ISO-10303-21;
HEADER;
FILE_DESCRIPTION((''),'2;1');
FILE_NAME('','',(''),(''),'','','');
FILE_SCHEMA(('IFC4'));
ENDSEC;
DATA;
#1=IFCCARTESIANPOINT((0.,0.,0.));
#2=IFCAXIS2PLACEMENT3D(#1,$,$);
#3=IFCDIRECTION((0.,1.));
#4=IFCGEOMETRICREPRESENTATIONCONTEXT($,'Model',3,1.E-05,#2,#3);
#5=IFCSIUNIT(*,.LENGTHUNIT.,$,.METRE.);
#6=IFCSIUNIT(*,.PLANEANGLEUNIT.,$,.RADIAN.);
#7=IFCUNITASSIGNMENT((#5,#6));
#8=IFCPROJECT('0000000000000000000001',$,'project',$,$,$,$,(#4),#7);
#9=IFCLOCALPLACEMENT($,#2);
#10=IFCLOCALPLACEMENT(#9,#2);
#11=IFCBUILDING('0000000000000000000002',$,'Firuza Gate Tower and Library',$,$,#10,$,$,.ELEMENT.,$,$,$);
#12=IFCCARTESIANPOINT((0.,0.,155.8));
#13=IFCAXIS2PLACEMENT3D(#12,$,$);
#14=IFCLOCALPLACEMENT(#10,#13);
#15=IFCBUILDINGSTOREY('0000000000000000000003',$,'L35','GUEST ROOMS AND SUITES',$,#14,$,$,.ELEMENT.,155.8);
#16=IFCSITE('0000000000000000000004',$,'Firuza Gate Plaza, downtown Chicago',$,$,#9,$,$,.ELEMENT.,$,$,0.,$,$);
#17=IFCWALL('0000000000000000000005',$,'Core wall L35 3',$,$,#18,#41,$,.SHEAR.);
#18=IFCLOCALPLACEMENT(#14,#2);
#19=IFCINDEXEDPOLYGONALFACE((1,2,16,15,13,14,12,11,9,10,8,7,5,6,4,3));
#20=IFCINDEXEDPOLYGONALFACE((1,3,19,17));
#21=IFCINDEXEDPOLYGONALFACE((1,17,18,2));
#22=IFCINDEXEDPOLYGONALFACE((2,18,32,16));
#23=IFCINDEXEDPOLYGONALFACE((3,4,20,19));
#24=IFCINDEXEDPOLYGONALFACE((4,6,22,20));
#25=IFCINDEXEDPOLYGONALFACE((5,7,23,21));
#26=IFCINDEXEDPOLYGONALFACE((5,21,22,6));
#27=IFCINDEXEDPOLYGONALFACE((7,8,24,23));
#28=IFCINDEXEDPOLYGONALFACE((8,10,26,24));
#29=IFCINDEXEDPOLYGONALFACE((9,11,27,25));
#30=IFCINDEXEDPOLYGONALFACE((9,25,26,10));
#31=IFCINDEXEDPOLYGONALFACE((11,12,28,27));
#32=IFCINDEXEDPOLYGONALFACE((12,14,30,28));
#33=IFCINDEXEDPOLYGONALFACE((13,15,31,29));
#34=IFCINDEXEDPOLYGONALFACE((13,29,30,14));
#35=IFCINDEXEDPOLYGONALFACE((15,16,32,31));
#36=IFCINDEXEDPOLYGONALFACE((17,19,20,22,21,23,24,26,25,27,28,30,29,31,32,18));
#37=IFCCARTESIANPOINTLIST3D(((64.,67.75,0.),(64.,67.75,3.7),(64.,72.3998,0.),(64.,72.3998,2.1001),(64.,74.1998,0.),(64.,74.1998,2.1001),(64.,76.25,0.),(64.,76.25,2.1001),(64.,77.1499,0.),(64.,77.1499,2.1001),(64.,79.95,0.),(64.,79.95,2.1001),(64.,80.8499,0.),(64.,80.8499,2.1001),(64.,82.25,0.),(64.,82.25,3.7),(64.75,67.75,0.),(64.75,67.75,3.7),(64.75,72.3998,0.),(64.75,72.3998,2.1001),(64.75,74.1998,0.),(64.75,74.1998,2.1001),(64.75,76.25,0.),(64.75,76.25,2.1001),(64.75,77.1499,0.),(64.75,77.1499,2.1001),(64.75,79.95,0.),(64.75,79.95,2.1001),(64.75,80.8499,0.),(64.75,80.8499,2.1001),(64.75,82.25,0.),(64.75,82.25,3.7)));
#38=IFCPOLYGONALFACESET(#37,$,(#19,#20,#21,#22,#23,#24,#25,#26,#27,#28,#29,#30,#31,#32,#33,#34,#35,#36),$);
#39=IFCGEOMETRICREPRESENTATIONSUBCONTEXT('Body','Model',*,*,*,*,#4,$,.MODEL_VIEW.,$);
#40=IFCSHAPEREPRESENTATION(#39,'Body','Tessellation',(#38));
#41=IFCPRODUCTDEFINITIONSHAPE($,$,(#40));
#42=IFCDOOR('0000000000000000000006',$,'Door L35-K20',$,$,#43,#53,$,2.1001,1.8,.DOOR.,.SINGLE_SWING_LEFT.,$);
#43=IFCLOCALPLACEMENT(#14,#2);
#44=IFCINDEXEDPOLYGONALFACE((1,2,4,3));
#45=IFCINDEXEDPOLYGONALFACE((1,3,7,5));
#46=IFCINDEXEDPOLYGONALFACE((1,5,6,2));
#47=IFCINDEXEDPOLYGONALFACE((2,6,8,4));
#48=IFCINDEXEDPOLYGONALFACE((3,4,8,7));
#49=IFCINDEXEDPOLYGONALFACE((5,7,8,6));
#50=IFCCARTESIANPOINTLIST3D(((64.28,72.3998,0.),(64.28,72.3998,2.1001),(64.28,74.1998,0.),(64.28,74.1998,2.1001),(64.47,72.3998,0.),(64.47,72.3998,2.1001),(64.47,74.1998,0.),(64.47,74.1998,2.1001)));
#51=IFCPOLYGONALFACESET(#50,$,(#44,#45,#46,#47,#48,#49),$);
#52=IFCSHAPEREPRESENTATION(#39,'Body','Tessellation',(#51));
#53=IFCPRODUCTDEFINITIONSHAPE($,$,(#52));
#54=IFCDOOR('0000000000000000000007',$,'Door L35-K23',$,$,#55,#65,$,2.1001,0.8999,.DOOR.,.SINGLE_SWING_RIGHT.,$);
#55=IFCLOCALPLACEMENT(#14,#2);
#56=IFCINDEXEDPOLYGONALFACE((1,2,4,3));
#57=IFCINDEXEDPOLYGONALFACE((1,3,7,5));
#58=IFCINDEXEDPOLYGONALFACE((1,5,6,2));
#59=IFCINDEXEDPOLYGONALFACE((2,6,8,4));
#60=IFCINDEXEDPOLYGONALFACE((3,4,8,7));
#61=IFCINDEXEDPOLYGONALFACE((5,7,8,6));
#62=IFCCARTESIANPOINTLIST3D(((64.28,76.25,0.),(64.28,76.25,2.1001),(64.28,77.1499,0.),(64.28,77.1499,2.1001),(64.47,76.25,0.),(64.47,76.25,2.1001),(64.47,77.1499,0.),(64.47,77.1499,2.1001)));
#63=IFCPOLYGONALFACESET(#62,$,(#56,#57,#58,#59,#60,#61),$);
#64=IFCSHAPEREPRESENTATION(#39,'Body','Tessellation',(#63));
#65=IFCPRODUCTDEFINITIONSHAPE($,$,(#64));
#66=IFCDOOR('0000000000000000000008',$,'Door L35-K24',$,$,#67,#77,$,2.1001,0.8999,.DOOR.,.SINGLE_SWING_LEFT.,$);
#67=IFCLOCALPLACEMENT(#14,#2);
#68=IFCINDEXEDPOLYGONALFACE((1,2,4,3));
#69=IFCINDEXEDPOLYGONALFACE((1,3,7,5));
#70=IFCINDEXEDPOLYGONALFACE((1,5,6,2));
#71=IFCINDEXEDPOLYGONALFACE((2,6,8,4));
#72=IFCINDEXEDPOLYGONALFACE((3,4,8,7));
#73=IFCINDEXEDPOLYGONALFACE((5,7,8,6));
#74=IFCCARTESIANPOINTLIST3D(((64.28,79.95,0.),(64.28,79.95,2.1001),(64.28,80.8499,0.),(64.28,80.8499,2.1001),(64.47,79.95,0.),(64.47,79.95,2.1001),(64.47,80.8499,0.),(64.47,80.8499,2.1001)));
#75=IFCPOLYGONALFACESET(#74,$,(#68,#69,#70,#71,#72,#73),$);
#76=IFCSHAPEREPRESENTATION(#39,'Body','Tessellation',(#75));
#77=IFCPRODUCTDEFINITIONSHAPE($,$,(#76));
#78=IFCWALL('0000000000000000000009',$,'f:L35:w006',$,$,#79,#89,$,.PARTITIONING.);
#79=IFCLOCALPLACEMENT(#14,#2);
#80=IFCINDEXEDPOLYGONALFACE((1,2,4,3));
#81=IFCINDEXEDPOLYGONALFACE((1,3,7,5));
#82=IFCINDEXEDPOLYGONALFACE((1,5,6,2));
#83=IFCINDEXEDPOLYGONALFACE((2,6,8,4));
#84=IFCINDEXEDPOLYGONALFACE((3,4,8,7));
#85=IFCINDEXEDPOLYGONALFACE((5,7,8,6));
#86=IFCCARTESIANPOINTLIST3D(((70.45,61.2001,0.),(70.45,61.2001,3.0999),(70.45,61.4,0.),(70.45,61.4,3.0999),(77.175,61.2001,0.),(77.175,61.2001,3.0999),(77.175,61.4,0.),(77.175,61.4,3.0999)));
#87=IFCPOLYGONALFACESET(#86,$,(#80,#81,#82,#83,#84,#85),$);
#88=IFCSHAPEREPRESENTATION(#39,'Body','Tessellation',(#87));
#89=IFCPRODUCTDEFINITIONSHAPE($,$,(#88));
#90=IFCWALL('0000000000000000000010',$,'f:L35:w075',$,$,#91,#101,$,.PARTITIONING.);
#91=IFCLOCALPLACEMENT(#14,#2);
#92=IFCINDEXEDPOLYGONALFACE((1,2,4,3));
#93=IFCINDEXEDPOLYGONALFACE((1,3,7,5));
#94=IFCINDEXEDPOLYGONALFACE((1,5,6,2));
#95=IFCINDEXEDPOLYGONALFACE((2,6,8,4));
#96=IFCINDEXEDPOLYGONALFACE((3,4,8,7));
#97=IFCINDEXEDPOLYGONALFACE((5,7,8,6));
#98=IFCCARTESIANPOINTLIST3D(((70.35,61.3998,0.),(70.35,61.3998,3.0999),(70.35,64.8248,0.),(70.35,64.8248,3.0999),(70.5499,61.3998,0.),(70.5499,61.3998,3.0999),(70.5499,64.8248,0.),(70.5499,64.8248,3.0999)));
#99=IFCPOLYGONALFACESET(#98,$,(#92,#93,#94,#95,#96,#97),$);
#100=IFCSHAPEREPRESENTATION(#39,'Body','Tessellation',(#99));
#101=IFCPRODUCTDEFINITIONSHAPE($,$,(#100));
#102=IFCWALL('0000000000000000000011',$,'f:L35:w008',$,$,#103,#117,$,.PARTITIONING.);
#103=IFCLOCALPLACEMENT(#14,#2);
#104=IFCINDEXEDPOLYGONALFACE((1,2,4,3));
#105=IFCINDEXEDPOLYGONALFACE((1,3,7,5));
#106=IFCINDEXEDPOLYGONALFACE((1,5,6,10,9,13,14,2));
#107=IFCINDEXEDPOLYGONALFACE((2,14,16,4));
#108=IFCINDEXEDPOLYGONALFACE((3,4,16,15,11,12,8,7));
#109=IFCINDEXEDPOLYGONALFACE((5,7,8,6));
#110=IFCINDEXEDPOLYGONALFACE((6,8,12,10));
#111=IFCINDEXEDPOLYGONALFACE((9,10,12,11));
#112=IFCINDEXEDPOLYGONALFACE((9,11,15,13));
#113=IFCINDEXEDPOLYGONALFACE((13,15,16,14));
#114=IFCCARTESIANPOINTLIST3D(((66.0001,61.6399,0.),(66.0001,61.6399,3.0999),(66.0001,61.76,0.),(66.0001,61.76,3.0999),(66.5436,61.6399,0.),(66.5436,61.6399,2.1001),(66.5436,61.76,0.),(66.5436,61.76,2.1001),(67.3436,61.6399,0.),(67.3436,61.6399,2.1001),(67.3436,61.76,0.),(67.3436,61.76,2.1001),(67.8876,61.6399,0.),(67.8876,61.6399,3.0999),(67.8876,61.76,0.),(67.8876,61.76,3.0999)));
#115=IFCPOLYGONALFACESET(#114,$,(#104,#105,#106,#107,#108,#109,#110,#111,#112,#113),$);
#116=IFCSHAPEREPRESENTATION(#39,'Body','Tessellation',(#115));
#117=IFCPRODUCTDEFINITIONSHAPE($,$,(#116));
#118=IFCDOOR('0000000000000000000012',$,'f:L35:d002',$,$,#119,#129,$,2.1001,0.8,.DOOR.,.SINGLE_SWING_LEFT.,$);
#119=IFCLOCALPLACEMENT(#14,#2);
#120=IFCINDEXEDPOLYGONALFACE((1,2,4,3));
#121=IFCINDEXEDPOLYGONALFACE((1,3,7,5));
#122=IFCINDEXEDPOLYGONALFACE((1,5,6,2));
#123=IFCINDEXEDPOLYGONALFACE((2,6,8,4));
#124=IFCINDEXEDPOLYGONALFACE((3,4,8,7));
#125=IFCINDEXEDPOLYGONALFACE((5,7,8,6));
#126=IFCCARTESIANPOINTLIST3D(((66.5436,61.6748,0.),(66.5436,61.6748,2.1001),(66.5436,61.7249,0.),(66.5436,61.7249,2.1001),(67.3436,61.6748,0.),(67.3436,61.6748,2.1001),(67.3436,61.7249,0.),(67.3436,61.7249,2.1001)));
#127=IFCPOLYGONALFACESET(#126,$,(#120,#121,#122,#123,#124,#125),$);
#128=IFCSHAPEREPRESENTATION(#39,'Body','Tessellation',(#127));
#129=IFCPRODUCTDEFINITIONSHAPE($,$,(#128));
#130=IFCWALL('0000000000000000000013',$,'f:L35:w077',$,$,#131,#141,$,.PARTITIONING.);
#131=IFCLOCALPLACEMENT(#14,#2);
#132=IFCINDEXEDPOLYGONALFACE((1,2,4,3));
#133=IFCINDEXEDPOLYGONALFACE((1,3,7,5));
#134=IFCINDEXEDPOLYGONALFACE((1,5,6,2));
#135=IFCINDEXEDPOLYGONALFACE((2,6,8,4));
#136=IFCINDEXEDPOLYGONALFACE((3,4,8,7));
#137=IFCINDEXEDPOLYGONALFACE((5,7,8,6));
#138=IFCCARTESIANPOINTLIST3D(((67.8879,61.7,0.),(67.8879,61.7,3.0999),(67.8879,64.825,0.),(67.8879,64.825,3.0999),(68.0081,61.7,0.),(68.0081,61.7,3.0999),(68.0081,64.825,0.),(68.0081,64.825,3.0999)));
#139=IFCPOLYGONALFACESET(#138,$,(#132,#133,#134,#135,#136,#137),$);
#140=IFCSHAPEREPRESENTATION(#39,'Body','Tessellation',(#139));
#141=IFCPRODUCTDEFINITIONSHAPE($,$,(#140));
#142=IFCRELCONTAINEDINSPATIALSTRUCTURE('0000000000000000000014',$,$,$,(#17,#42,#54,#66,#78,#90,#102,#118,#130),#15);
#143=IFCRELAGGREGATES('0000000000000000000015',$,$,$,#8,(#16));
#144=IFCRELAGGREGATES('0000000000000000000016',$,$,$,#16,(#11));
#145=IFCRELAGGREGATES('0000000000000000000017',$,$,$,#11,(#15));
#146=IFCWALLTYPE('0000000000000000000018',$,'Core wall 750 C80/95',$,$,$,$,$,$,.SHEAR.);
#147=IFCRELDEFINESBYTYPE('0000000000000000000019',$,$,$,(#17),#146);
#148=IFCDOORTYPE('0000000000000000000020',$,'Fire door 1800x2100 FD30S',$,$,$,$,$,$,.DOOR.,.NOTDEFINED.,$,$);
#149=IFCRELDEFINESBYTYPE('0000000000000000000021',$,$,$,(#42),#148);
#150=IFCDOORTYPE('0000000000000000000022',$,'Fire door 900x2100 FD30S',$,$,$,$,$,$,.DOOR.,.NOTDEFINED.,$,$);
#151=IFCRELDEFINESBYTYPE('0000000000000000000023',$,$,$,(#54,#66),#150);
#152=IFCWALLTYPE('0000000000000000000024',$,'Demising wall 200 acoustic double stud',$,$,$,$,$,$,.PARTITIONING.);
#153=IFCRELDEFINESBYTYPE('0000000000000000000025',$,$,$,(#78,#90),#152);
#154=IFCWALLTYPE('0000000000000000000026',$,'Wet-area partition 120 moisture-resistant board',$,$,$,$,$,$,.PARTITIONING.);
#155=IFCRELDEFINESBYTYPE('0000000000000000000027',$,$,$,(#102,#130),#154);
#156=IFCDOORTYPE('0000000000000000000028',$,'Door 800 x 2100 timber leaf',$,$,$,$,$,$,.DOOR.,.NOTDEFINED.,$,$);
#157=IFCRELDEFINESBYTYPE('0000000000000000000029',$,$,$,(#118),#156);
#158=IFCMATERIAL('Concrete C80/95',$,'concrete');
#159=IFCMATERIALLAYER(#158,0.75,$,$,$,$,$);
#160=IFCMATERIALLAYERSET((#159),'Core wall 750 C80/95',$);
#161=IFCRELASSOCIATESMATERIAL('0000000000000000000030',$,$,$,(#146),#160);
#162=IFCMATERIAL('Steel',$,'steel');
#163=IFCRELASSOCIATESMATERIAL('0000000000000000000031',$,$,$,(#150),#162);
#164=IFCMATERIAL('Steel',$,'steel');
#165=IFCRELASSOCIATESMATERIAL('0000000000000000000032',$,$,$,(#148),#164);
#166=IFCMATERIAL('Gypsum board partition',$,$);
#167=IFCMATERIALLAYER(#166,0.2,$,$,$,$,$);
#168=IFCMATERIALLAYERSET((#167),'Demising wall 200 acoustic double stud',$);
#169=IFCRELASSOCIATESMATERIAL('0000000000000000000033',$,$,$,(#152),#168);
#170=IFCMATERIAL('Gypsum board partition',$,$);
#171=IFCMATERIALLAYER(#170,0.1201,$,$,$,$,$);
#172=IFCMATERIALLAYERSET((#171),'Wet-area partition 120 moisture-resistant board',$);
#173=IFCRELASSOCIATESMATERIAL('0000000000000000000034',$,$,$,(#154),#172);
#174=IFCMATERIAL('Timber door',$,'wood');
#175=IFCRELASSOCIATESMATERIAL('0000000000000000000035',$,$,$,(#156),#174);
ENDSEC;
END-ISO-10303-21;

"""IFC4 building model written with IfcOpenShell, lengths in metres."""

from ifc_helpers import new_model, si_unit, direction, frame, frame_2d, origin, place, context, subcontext, project, spatial, rectangle, extrude, material, layer, layer_set, type_object, element, fill, save


model = new_model("IFC4")

# Units and contexts
model_context = context("Model", 3, precision=1e-05, world=origin(), true_north=direction((0.0, 1.0)))
body_context = subcontext(model_context, "Body", "Model", "MODEL_VIEW")
ifc_project = project(units=[si_unit("LENGTHUNIT", "METRE"), si_unit("PLANEANGLEUNIT", "RADIAN")], contexts=[model_context])

# Site, building, storey
site_placement = place(None, origin())
site = spatial("IfcSite", under=ifc_project, at=site_placement, Name="Firuza Gate Plaza, downtown Chicago", CompositionType="ELEMENT", RefElevation=0.0)
building_placement = place(site_placement, origin())
building = spatial("IfcBuilding", under=site, at=building_placement, Name="Firuza Gate Tower and Library", CompositionType="ELEMENT")
storey_placement = place(building_placement, frame((0.0, 0.0, 155.8)))
storey = spatial("IfcBuildingStorey", under=building, at=storey_placement, Name="L35", Description="GUEST ROOMS AND SUITES", CompositionType="ELEMENT", Elevation=155.8)

# Shared definitions
ifc_material_1 = material(Name="Concrete C80/95", Category="concrete")
ifc_layer_1 = layer(ifc_material_1, 0.75)
ifc_layer_set_1 = layer_set([ifc_layer_1], Name="Core wall 750 C80/95")
wall_type_1 = type_object("IfcWallType", Name="Core wall 750 C80/95", PredefinedType="SHEAR", material=ifc_layer_set_1)
ifc_material_2 = material(Name="Steel", Category="steel")
door_type_1 = type_object("IfcDoorType", Name="Fire door 900x2100 FD30S", OperationType="NOTDEFINED", PredefinedType="DOOR", material=ifc_material_2)

# Wall, openings, doors
wall_1_placement = place(storey_placement, frame((64.375, 67.75, 0.0), z_axis=(0.0, 0.0, 1.0), x_axis=(0.0, 1.0, 0.0)))
wall_1 = element("IfcWall", 1, at=wall_1_placement, inside=storey, type_object=wall_type_1, Name="Core wall L35 3", PredefinedType="SHEAR", context=body_context, shape_type="SweptSolid", body=[
    extrude(rectangle(XDim=14.5, YDim=0.75, at=frame_2d((7.25, 0.0))), origin(), (0.0, 0.0, 1.0), 3.7),
])
opening_1_placement = place(wall_1_placement, frame((4.6499, 0.0, 0.0)))
opening_1 = element("IfcOpeningElement", 2, at=opening_1_placement, cuts=wall_1, PredefinedType="OPENING", context=body_context, shape_type="SweptSolid", body=[
    extrude(rectangle(XDim=1.8, YDim=2.1001, at=frame_2d((0.8999, 1.05))), frame((0.0, 0.385, 0.0), z_axis=(0.0, -1.0, 0.0), x_axis=(1.0, 0.0, 0.0)), (0.0, 0.0, 1.0), 0.77),
])
opening_2_placement = place(wall_1_placement, frame((8.5, 0.0, 0.0)))
opening_2 = element("IfcOpeningElement", 3, at=opening_2_placement, cuts=wall_1, PredefinedType="OPENING", context=body_context, shape_type="SweptSolid", body=[
    extrude(rectangle(XDim=0.8999, YDim=2.1001, at=frame_2d((0.45, 1.05))), frame((0.0, 0.385, 0.0), z_axis=(0.0, -1.0, 0.0), x_axis=(1.0, 0.0, 0.0)), (0.0, 0.0, 1.0), 0.77),
])
opening_3_placement = place(wall_1_placement, frame((12.2, 0.0, 0.0)))
opening_3 = element("IfcOpeningElement", 4, at=opening_3_placement, cuts=wall_1, PredefinedType="OPENING", context=body_context, shape_type="SweptSolid", body=[
    extrude(rectangle(XDim=0.8999, YDim=2.1001, at=frame_2d((0.45, 1.05))), frame((0.0, 0.385, 0.0), z_axis=(0.0, -1.0, 0.0), x_axis=(1.0, 0.0, 0.0)), (0.0, 0.0, 1.0), 0.77),
])
ifc_material_3 = material(Name="Steel", Category="steel")
door_type_2 = type_object("IfcDoorType", Name="Fire door 1800x2100 FD30S", OperationType="NOTDEFINED", PredefinedType="DOOR", material=ifc_material_3)
door_1_placement = place(opening_1_placement, origin())
door_1 = element("IfcDoor", 5, at=door_1_placement, inside=storey, type_object=door_type_2, Name="Door L35-K20", OperationType="SINGLE_SWING_LEFT", OverallHeight=2.1001, OverallWidth=1.8, PredefinedType="DOOR", context=body_context, shape_type="SweptSolid", body=[
    extrude(rectangle(XDim=1.8, YDim=2.1001, at=frame_2d((0.8999, 1.05))), frame((0.0, 0.095, 0.0), z_axis=(0.0, -1.0, 0.0), x_axis=(1.0, 0.0, 0.0)), (0.0, 0.0, 1.0), 0.1899),
])
fill(opening_1, door_1)
door_2_placement = place(opening_2_placement, origin())
door_2 = element("IfcDoor", 6, at=door_2_placement, inside=storey, type_object=door_type_1, Name="Door L35-K23", OperationType="SINGLE_SWING_RIGHT", OverallHeight=2.1001, OverallWidth=0.8999, PredefinedType="DOOR", context=body_context, shape_type="SweptSolid", body=[
    extrude(rectangle(XDim=0.8999, YDim=2.1001, at=frame_2d((0.45, 1.05))), frame((0.0, 0.095, 0.0), z_axis=(0.0, -1.0, 0.0), x_axis=(1.0, 0.0, 0.0)), (0.0, 0.0, 1.0), 0.1899),
])
fill(opening_2, door_2)
door_3_placement = place(opening_3_placement, origin())
door_3 = element("IfcDoor", 7, at=door_3_placement, inside=storey, type_object=door_type_1, Name="Door L35-K24", OperationType="SINGLE_SWING_LEFT", OverallHeight=2.1001, OverallWidth=0.8999, PredefinedType="DOOR", context=body_context, shape_type="SweptSolid", body=[
    extrude(rectangle(XDim=0.8999, YDim=2.1001, at=frame_2d((0.45, 1.05))), frame((0.0, 0.095, 0.0), z_axis=(0.0, -1.0, 0.0), x_axis=(1.0, 0.0, 0.0)), (0.0, 0.0, 1.0), 0.1899),
])
fill(opening_3, door_3)

# Walls
ifc_material_4 = material(Name="Gypsum board partition")
ifc_layer_2 = layer(ifc_material_4, 0.2)
ifc_layer_set_2 = layer_set([ifc_layer_2], Name="Demising wall 200 acoustic double stud")
wall_type_2 = type_object("IfcWallType", Name="Demising wall 200 acoustic double stud", PredefinedType="PARTITIONING", material=ifc_layer_set_2)
wall_2_placement = place(storey_placement, frame((70.45, 61.3, 0.0), z_axis=(0.0, 0.0, 1.0), x_axis=(1.0, 0.0, 0.0)))
element("IfcWall", 8, at=wall_2_placement, inside=storey, type_object=wall_type_2, Name="f:L35:w006", PredefinedType="PARTITIONING", context=body_context, shape_type="SweptSolid", body=[
    extrude(rectangle(XDim=6.7251, YDim=0.2, at=frame_2d((3.3625, 0.0))), origin(), (0.0, 0.0, 1.0), 3.0999),
])
wall_3_placement = place(storey_placement, frame((70.45, 61.3999, 0.0), z_axis=(0.0, 0.0, 1.0), x_axis=(0.0, 1.0, 0.0)))
element("IfcWall", 9, at=wall_3_placement, inside=storey, type_object=wall_type_2, Name="f:L35:w075", PredefinedType="PARTITIONING", context=body_context, shape_type="SweptSolid", body=[
    extrude(rectangle(XDim=3.425, YDim=0.2, at=frame_2d((1.7124, 0.0))), origin(), (0.0, 0.0, 1.0), 3.0999),
])

# Wall, opening, door
ifc_material_5 = material(Name="Gypsum board partition")
ifc_layer_3 = layer(ifc_material_5, 0.1201)
ifc_layer_set_3 = layer_set([ifc_layer_3], Name="Wet-area partition 120 moisture-resistant board")
wall_type_3 = type_object("IfcWallType", Name="Wet-area partition 120 moisture-resistant board", PredefinedType="PARTITIONING", material=ifc_layer_set_3)
wall_4_placement = place(storey_placement, frame((66.0, 61.7, 0.0), z_axis=(0.0, 0.0, 1.0), x_axis=(1.0, 0.0, 0.0)))
wall_4 = element("IfcWall", 10, at=wall_4_placement, inside=storey, type_object=wall_type_3, Name="f:L35:w008", PredefinedType="PARTITIONING", context=body_context, shape_type="SweptSolid", body=[
    extrude(rectangle(XDim=1.8875, YDim=0.1201, at=frame_2d((0.9438, 0.0))), origin(), (0.0, 0.0, 1.0), 3.0999),
])
opening_4_placement = place(wall_4_placement, frame((0.5437, 0.0, 0.0)))
opening_4 = element("IfcOpeningElement", 11, at=opening_4_placement, cuts=wall_4, PredefinedType="OPENING", context=body_context, shape_type="SweptSolid", body=[
    extrude(rectangle(XDim=0.8, YDim=2.1001, at=frame_2d((0.3999, 1.05))), frame((0.0, 0.0701, 0.0), z_axis=(0.0, -1.0, 0.0), x_axis=(1.0, 0.0, 0.0)), (0.0, 0.0, 1.0), 0.1401),
])
ifc_material_6 = material(Name="Timber door", Category="wood")
door_type_3 = type_object("IfcDoorType", Name="Door 800 x 2100 timber leaf", OperationType="NOTDEFINED", PredefinedType="DOOR", material=ifc_material_6)
door_4_placement = place(opening_4_placement, origin())
door_4 = element("IfcDoor", 12, at=door_4_placement, inside=storey, type_object=door_type_3, Name="f:L35:d002", OperationType="SINGLE_SWING_LEFT", OverallHeight=2.1001, OverallWidth=0.8, PredefinedType="DOOR", context=body_context, shape_type="SweptSolid", body=[
    extrude(rectangle(XDim=0.8, YDim=2.1001, at=frame_2d((0.3999, 1.05))), frame((0.0, 0.0249, 0.0), z_axis=(0.0, -1.0, 0.0), x_axis=(1.0, 0.0, 0.0)), (0.0, 0.0, 1.0), 0.05),
])
fill(opening_4, door_4)

# Wall
wall_5_placement = place(storey_placement, frame((67.948, 61.7, 0.0), z_axis=(0.0, 0.0, 1.0), x_axis=(0.0, 1.0, 0.0)))
element("IfcWall", 13, at=wall_5_placement, inside=storey, type_object=wall_type_3, Name="f:L35:w077", PredefinedType="PARTITIONING", context=body_context, shape_type="SweptSolid", body=[
    extrude(rectangle(XDim=3.125, YDim=0.1201, at=frame_2d((1.5625, 0.0))), origin(), (0.0, 0.0, 1.0), 3.0999),
])

save(model, "model.ifc")
